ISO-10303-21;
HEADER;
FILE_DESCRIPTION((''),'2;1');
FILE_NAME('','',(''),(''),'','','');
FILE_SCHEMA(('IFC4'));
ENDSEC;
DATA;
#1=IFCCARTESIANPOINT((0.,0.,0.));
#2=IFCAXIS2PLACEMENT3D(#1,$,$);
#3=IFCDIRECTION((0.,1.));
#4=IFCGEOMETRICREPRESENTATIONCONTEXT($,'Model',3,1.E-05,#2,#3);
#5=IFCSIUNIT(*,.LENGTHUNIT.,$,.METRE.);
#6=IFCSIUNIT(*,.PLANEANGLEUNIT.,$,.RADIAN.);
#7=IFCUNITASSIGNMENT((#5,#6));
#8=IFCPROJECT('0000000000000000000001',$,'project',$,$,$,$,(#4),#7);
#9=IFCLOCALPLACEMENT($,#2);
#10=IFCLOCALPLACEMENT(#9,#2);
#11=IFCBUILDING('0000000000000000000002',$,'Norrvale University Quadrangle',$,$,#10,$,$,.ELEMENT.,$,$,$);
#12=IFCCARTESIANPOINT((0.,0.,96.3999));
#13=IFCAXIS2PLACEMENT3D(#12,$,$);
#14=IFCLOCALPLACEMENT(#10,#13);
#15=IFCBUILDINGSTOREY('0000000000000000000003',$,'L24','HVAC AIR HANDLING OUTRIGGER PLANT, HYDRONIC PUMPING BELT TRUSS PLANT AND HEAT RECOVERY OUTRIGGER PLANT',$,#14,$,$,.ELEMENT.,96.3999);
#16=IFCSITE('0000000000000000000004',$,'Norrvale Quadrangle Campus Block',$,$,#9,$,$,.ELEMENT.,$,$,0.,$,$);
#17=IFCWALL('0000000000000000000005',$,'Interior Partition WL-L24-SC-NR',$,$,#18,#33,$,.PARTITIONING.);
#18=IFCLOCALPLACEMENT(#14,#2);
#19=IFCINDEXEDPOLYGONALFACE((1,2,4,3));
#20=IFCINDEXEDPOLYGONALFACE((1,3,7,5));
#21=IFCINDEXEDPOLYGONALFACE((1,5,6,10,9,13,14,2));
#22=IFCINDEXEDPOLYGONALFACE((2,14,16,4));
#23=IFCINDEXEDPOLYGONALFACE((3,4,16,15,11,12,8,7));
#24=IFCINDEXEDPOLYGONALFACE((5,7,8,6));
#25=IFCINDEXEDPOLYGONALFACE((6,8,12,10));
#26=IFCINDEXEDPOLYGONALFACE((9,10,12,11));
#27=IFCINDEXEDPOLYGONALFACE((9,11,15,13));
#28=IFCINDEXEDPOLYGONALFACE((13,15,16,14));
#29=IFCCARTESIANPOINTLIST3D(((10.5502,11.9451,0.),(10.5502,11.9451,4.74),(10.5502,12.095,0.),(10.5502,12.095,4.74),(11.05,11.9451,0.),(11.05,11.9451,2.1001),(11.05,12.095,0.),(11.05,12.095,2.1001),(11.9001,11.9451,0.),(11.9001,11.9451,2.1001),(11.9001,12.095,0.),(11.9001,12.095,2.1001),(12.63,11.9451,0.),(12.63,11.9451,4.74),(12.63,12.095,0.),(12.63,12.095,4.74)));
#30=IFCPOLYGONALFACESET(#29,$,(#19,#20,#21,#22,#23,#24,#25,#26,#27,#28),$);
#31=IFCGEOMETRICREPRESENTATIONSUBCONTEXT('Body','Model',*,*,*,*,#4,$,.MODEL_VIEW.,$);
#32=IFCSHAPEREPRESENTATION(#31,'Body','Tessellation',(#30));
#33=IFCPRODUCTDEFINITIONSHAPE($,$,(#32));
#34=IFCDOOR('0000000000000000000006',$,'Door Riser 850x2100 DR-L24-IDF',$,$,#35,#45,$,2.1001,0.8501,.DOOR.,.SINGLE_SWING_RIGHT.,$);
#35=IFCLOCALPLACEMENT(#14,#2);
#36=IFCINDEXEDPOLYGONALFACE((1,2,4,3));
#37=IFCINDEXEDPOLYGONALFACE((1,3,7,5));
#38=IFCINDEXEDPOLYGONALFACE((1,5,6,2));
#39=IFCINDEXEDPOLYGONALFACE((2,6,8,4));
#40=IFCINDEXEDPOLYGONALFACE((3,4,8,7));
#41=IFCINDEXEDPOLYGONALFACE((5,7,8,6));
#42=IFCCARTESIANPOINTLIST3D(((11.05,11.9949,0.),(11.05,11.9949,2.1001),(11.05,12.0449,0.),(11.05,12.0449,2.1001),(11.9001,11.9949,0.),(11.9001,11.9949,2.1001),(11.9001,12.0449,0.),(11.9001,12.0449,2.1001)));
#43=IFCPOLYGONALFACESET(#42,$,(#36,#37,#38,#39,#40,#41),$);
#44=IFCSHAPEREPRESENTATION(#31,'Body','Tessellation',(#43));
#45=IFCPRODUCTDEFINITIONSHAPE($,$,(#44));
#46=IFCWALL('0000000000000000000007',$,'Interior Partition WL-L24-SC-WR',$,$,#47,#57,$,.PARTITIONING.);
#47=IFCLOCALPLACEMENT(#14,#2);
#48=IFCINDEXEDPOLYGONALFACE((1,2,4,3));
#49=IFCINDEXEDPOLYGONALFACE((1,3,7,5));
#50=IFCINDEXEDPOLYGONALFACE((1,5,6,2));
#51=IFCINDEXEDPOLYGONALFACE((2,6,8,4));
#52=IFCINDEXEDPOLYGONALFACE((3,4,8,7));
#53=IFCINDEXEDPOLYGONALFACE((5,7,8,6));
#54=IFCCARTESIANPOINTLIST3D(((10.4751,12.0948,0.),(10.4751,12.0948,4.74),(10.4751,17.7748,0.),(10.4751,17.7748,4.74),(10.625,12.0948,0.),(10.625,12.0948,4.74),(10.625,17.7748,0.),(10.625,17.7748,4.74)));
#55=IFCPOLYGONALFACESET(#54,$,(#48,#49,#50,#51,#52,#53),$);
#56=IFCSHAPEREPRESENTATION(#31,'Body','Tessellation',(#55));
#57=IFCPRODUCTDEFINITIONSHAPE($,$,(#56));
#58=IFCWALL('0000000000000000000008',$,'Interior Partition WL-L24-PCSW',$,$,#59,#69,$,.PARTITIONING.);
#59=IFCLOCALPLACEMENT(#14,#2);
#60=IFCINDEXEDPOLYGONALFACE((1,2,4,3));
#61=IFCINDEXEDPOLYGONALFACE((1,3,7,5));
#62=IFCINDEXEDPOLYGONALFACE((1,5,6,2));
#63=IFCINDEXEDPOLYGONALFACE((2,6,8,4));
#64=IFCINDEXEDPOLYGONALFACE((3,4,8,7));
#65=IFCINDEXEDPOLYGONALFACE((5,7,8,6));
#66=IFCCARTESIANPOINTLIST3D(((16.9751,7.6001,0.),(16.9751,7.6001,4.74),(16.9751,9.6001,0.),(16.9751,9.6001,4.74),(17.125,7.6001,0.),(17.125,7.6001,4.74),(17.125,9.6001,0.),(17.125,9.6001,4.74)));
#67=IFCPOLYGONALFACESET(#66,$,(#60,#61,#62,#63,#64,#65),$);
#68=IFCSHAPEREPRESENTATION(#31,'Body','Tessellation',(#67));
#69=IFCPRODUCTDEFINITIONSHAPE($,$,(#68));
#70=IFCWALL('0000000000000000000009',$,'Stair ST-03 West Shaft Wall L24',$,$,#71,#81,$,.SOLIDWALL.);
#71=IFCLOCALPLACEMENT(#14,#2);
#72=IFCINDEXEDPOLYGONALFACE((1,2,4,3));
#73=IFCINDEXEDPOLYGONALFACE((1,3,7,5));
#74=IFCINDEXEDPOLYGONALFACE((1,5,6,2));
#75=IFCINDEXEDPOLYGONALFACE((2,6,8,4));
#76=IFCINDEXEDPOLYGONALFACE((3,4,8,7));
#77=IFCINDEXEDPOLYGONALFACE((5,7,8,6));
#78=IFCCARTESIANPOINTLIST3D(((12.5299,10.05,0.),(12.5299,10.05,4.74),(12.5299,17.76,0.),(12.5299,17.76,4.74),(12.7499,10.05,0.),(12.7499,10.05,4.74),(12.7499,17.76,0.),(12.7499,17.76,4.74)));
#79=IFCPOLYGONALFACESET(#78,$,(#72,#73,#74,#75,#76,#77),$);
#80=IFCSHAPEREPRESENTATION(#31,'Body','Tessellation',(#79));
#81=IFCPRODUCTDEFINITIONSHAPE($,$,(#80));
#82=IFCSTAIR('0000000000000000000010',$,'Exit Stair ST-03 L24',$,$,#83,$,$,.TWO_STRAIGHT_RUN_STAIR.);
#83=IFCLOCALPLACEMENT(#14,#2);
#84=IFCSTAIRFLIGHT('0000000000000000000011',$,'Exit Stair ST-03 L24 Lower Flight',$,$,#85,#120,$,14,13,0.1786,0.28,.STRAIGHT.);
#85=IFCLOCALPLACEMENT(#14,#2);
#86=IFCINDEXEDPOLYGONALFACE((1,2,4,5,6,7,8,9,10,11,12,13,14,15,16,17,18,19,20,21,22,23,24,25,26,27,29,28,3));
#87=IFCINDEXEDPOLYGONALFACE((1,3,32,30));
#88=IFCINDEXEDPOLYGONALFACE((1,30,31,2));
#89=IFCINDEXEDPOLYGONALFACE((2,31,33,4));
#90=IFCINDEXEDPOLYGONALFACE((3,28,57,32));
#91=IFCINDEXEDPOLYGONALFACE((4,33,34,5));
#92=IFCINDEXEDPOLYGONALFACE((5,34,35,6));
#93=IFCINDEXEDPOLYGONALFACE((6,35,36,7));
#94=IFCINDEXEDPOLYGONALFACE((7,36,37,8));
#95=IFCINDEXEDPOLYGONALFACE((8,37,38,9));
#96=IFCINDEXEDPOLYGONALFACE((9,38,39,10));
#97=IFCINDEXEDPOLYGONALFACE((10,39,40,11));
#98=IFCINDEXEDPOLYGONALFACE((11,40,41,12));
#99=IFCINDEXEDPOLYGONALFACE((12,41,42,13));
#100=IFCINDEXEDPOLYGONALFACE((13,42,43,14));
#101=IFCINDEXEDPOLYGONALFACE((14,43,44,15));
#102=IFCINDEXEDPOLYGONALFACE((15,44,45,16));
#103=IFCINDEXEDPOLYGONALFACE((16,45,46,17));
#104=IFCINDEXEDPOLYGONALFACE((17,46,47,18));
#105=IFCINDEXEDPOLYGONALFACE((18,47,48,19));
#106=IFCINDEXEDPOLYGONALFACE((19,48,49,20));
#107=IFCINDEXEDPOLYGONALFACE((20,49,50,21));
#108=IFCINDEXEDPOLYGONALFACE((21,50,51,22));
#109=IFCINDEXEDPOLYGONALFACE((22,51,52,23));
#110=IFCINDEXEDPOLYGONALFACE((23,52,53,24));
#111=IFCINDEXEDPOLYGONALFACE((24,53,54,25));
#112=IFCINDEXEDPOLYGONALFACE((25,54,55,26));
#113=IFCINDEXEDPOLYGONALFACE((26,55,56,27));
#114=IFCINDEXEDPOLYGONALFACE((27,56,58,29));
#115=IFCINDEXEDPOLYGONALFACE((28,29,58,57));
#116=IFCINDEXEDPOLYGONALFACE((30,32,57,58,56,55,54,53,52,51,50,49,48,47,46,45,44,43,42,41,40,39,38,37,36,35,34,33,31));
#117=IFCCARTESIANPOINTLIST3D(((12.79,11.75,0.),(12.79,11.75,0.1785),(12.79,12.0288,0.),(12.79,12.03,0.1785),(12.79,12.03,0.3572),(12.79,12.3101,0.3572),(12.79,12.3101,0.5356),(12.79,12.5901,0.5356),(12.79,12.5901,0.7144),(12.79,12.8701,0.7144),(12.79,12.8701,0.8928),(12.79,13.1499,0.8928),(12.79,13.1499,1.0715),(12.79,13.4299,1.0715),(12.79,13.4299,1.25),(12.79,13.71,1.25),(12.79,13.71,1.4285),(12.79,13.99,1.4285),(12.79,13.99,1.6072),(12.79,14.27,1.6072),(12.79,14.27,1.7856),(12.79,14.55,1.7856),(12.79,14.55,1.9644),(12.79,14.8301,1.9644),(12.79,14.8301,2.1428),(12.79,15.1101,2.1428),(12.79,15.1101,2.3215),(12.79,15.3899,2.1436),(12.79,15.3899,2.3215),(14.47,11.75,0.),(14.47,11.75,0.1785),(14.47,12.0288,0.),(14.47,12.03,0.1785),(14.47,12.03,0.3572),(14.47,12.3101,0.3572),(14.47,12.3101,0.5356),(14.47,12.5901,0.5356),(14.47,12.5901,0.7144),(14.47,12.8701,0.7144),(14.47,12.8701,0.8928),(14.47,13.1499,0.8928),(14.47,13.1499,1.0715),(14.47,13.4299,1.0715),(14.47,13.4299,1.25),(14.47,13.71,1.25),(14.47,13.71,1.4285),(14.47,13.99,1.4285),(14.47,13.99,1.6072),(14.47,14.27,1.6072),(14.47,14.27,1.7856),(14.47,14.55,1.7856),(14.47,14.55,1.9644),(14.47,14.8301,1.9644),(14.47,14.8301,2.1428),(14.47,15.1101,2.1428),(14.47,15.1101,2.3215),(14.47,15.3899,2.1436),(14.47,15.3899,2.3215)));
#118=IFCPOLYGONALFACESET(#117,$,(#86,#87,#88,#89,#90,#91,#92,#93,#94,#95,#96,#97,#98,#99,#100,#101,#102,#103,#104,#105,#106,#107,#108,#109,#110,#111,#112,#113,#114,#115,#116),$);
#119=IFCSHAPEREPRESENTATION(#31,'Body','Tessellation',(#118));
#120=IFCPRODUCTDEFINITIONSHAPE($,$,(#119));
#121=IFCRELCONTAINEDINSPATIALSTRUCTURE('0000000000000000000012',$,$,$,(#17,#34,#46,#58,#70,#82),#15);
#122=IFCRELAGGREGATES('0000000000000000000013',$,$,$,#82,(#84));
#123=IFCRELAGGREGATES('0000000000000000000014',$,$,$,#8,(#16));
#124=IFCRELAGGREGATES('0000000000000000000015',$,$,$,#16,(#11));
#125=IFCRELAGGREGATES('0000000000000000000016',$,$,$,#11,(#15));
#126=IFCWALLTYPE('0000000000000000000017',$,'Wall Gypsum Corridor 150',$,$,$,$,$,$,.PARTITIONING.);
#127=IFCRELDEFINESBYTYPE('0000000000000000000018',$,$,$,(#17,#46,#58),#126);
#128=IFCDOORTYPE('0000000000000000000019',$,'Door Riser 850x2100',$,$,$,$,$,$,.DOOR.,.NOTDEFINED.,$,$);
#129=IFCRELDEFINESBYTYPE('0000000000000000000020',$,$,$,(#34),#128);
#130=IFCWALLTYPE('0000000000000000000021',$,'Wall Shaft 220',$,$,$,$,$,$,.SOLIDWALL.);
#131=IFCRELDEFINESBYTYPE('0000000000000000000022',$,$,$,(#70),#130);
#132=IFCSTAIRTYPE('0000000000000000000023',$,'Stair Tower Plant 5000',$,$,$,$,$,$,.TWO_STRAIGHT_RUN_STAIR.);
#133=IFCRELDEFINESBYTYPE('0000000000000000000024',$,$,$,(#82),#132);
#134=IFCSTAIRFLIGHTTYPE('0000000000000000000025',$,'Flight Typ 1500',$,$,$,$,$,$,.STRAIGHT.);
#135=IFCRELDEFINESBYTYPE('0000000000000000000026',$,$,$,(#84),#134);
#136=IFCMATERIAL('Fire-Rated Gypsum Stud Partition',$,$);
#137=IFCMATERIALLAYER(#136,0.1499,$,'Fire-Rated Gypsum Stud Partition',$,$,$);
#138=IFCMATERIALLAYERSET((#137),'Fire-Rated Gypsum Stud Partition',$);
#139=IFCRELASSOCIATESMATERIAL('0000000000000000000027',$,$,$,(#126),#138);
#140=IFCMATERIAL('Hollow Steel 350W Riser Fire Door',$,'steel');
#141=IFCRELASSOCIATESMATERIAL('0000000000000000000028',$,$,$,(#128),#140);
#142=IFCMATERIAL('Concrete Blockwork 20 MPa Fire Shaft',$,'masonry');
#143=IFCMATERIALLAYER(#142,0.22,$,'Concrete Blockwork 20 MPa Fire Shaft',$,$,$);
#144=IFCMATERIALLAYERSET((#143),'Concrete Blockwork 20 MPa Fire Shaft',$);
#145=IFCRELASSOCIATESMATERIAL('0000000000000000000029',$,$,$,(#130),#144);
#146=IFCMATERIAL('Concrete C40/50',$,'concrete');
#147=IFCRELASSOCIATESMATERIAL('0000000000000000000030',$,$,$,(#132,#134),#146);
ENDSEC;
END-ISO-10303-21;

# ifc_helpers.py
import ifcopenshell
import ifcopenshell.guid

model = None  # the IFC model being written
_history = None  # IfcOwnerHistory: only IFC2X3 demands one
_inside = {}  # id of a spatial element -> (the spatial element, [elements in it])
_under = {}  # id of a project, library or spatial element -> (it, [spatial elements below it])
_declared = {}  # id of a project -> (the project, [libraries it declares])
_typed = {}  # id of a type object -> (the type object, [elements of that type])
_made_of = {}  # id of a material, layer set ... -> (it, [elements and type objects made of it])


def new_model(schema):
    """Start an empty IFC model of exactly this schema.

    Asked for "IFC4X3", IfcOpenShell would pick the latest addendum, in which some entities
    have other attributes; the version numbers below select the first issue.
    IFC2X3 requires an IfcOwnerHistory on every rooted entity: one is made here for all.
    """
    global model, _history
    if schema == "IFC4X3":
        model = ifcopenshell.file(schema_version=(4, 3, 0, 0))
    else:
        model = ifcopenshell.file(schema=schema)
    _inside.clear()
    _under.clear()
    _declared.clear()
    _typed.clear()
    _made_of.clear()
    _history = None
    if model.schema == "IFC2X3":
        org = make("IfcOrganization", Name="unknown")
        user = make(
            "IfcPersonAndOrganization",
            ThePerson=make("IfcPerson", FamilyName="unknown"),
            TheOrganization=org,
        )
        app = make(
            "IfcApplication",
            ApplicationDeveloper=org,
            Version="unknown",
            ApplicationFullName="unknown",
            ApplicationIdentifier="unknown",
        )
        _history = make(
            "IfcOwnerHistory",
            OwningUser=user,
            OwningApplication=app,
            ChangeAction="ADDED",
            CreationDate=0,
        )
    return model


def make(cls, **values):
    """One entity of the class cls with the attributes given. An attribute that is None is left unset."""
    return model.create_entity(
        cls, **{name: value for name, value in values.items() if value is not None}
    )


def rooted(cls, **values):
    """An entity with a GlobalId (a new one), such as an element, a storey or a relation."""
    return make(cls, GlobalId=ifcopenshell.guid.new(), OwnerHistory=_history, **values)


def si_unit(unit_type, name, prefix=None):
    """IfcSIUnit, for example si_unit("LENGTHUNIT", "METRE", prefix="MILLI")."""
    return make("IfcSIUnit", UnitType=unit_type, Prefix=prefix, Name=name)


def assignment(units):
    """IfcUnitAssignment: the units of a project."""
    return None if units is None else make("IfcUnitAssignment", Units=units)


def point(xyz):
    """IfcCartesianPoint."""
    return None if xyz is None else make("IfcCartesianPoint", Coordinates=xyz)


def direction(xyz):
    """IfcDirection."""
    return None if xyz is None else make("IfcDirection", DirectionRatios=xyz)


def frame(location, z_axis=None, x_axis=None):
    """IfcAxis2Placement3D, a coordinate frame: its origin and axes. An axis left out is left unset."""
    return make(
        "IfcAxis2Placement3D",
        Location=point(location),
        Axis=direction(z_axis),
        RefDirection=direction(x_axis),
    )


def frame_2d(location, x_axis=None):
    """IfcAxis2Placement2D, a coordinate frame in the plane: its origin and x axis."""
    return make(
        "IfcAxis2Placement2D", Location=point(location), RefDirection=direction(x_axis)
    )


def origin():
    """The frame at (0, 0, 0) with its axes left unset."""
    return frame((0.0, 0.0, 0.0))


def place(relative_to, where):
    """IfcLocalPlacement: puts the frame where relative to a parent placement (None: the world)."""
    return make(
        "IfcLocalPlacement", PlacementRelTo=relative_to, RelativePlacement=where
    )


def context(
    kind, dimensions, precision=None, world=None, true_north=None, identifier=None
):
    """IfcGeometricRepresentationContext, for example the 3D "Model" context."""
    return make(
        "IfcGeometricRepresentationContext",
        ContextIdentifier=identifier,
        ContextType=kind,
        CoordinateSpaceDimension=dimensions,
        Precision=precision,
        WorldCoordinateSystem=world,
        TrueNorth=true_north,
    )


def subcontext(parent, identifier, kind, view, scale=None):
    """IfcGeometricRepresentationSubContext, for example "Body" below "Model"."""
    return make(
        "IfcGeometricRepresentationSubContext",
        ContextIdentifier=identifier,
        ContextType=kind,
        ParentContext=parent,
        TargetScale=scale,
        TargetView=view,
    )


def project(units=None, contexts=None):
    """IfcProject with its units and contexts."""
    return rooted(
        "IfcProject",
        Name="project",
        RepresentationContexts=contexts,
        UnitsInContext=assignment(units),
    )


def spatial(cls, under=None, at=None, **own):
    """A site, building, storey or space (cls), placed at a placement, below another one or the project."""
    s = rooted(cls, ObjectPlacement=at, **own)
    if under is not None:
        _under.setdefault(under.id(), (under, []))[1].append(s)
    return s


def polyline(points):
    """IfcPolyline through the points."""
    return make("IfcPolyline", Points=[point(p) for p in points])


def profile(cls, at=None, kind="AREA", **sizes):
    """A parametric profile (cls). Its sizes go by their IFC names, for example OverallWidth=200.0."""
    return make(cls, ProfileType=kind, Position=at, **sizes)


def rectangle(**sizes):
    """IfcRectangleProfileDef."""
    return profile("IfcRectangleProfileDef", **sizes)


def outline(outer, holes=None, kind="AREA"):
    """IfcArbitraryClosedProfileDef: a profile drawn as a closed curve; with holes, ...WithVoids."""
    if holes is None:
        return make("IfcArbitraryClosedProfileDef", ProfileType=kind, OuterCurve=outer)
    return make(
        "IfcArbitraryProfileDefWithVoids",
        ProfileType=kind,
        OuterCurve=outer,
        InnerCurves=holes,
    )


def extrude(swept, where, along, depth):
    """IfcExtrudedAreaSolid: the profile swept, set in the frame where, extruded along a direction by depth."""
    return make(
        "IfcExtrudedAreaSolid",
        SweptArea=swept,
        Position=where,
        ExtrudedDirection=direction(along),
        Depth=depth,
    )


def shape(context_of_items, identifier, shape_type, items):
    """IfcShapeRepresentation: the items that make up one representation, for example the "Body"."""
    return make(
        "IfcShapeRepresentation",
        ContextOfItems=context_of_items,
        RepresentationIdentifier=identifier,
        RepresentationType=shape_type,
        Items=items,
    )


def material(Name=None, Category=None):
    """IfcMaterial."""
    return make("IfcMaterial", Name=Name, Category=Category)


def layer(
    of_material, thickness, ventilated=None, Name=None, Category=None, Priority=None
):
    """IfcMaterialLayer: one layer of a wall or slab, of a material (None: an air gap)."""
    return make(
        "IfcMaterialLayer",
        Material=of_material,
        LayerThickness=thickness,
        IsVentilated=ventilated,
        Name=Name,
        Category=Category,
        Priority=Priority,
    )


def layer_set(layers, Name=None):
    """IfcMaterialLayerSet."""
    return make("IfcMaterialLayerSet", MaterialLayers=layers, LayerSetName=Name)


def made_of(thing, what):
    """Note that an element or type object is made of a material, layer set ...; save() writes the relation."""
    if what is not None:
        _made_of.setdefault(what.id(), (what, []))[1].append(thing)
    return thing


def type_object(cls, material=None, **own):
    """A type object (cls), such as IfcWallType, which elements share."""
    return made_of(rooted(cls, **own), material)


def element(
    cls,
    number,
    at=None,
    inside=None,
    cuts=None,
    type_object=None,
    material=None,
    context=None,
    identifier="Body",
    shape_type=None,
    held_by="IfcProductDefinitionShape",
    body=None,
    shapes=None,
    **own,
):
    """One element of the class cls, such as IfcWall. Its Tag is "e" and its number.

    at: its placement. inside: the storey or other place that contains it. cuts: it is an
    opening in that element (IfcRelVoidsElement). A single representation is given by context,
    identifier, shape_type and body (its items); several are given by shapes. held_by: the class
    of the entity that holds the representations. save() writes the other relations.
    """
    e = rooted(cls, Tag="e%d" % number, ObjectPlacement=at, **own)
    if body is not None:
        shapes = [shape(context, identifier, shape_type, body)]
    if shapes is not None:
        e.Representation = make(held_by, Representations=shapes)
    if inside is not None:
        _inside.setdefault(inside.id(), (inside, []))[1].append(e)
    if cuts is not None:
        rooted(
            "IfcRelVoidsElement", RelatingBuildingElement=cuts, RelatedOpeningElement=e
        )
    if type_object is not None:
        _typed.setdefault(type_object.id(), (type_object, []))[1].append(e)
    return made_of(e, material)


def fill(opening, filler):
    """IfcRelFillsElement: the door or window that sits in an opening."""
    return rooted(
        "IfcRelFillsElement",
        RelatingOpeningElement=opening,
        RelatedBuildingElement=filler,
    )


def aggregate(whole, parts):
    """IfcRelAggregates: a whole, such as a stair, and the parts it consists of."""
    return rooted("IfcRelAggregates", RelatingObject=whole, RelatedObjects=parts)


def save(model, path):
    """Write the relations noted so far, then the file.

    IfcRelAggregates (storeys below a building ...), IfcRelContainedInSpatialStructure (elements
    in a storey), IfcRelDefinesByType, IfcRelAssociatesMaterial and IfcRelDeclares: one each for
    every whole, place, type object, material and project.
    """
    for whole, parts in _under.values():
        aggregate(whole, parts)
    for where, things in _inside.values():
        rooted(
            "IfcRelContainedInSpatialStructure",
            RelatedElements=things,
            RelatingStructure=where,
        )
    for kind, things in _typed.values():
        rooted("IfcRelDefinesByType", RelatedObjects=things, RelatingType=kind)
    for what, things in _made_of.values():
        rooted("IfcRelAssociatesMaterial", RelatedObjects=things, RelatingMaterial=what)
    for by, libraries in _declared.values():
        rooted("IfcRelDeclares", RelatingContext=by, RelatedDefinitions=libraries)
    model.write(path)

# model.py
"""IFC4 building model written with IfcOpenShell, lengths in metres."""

from ifc_helpers import new_model, si_unit, direction, frame, frame_2d, origin, place, context, subcontext, project, spatial, polyline, rectangle, outline, extrude, material, layer, layer_set, type_object, element, fill, aggregate, save


model = new_model("IFC4")

# Units and contexts
model_context = context("Model", 3, precision=1e-05, world=origin(), true_north=direction((0.0, 1.0)))
body_context = subcontext(model_context, "Body", "Model", "MODEL_VIEW")
ifc_project = project(units=[si_unit("LENGTHUNIT", "METRE"), si_unit("PLANEANGLEUNIT", "RADIAN")], contexts=[model_context])

# Site, building, storey
site_placement = place(None, origin())
site = spatial("IfcSite", under=ifc_project, at=site_placement, Name="Norrvale Quadrangle Campus Block", CompositionType="ELEMENT", RefElevation=0.0)
building_placement = place(site_placement, origin())
building = spatial("IfcBuilding", under=site, at=building_placement, Name="Norrvale University Quadrangle", CompositionType="ELEMENT")
storey_placement = place(building_placement, frame((0.0, 0.0, 96.3999)))
storey = spatial("IfcBuildingStorey", under=building, at=storey_placement, Name="L24", Description="HVAC AIR HANDLING OUTRIGGER PLANT, HYDRONIC PUMPING BELT TRUSS PLANT AND HEAT RECOVERY OUTRIGGER PLANT", CompositionType="ELEMENT", Elevation=96.3999)

# Wall, opening, door
ifc_material_1 = material(Name="Fire-Rated Gypsum Stud Partition")
ifc_layer_1 = layer(ifc_material_1, 0.1499, Name="Fire-Rated Gypsum Stud Partition")
ifc_layer_set_1 = layer_set([ifc_layer_1], Name="Fire-Rated Gypsum Stud Partition")
wall_type_1 = type_object("IfcWallType", Name="Wall Gypsum Corridor 150", PredefinedType="PARTITIONING", material=ifc_layer_set_1)
wall_1_placement = place(storey_placement, frame((10.55, 12.02, 0.0), z_axis=(0.0, 0.0, 1.0), x_axis=(1.0, 0.0, 0.0)))
wall_1 = element("IfcWall", 1, at=wall_1_placement, inside=storey, type_object=wall_type_1, Name="Interior Partition WL-L24-SC-NR", PredefinedType="PARTITIONING", context=body_context, shape_type="SweptSolid", body=[
    extrude(rectangle(XDim=2.0798, YDim=0.1499, at=frame_2d((1.04, 0.0))), origin(), (0.0, 0.0, 1.0), 4.74),
])
opening_1_placement = place(wall_1_placement, frame((0.5, 0.0, 0.0)))
opening_1 = element("IfcOpeningElement", 2, at=opening_1_placement, cuts=wall_1, PredefinedType="OPENING", context=body_context, shape_type="SweptSolid", body=[
    extrude(rectangle(XDim=0.8501, YDim=2.1001, at=frame_2d((0.425, 1.05))), frame((0.0, 0.0869, 0.0), z_axis=(0.0, -1.0, 0.0), x_axis=(1.0, 0.0, 0.0)), (0.0, 0.0, 1.0), 0.1738),
])
ifc_material_2 = material(Name="Hollow Steel 350W Riser Fire Door", Category="steel")
door_type_1 = type_object("IfcDoorType", Name="Door Riser 850x2100", OperationType="NOTDEFINED", PredefinedType="DOOR", material=ifc_material_2)
door_1_placement = place(opening_1_placement, origin())
door_1 = element("IfcDoor", 3, at=door_1_placement, inside=storey, type_object=door_type_1, Name="Door Riser 850x2100 DR-L24-IDF", OperationType="SINGLE_SWING_RIGHT", OverallHeight=2.1001, OverallWidth=0.8501, PredefinedType="DOOR", context=body_context, shape_type="SweptSolid", body=[
    extrude(rectangle(XDim=0.8501, YDim=2.1001, at=frame_2d((0.425, 1.05))), frame((0.0, 0.0249, 0.0), z_axis=(0.0, -1.0, 0.0), x_axis=(1.0, 0.0, 0.0)), (0.0, 0.0, 1.0), 0.05),
])
fill(opening_1, door_1)

# Walls
wall_2_placement = place(storey_placement, frame((10.55, 12.095, 0.0), z_axis=(0.0, 0.0, 1.0), x_axis=(0.0, 1.0, 0.0)))
element("IfcWall", 4, at=wall_2_placement, inside=storey, type_object=wall_type_1, Name="Interior Partition WL-L24-SC-WR", PredefinedType="PARTITIONING", context=body_context, shape_type="SweptSolid", body=[
    extrude(rectangle(XDim=5.6799, YDim=0.1499, at=frame_2d((2.8398, 0.0))), origin(), (0.0, 0.0, 1.0), 4.74),
])
wall_3_placement = place(storey_placement, frame((17.05, 7.6001, 0.0), z_axis=(0.0, 0.0, 1.0), x_axis=(0.0, 1.0, 0.0)))
element("IfcWall", 5, at=wall_3_placement, inside=storey, type_object=wall_type_1, Name="Interior Partition WL-L24-PCSW", PredefinedType="PARTITIONING", context=body_context, shape_type="SweptSolid", body=[
    extrude(rectangle(XDim=2.0, YDim=0.1499, at=frame_2d((1.0, 0.0))), origin(), (0.0, 0.0, 1.0), 4.74),
])
ifc_material_3 = material(Name="Concrete Blockwork 20 MPa Fire Shaft", Category="masonry")
ifc_layer_2 = layer(ifc_material_3, 0.22, Name="Concrete Blockwork 20 MPa Fire Shaft")
ifc_layer_set_2 = layer_set([ifc_layer_2], Name="Concrete Blockwork 20 MPa Fire Shaft")
wall_type_2 = type_object("IfcWallType", Name="Wall Shaft 220", PredefinedType="SOLIDWALL", material=ifc_layer_set_2)
wall_4_placement = place(storey_placement, frame((12.6399, 10.05, 0.0), z_axis=(0.0, 0.0, 1.0), x_axis=(0.0, 1.0, 0.0)))
element("IfcWall", 6, at=wall_4_placement, inside=storey, type_object=wall_type_2, Name="Stair ST-03 West Shaft Wall L24", PredefinedType="SOLIDWALL", context=body_context, shape_type="SweptSolid", body=[
    extrude(rectangle(XDim=7.71, YDim=0.22, at=frame_2d((3.855, 0.0))), origin(), (0.0, 0.0, 1.0), 4.74),
])

# Stair, stair flight
ifc_material_4 = material(Name="Concrete C40/50", Category="concrete")
stair_type = type_object("IfcStairType", Name="Stair Tower Plant 5000", PredefinedType="TWO_STRAIGHT_RUN_STAIR", material=ifc_material_4)
stair_placement = place(storey_placement, origin())
stair = element("IfcStair", 7, at=stair_placement, inside=storey, type_object=stair_type, Name="Exit Stair ST-03 L24", PredefinedType="TWO_STRAIGHT_RUN_STAIR")
stair_flight_type = type_object("IfcStairFlightType", Name="Flight Typ 1500", PredefinedType="STRAIGHT", material=ifc_material_4)
stair_flight_placement = place(storey_placement, frame((13.6299, 11.75, 0.0), z_axis=(0.0, 0.0, 1.0), x_axis=(0.0, 1.0, 0.0)))
stair_flight = element("IfcStairFlight", 8, at=stair_flight_placement, type_object=stair_flight_type, Name="Exit Stair ST-03 L24 Lower Flight", NumberOfRisers=14, NumberOfTreads=13, PredefinedType="STRAIGHT", RiserHeight=0.1786, TreadLength=0.28, context=body_context, shape_type="SweptSolid", body=[
    extrude(outline(polyline([(0.0, 0.0), (0.0, 0.1785), (0.28, 0.1785), (0.28, 0.3572), (0.5601, 0.3572), (0.5601, 0.5356), (0.8401, 0.5356), (0.8401, 0.7144), (1.1201, 0.7144), (1.1201, 0.8928), (1.3999, 0.8928), (1.3999, 1.0715), (1.6799, 1.0715), (1.6799, 1.25), (1.96, 1.25), (1.96, 1.4285), (2.24, 1.4285), (2.24, 1.6072), (2.52, 1.6072), (2.52, 1.7856), (2.8, 1.7856), (2.8, 1.9644), (3.0801, 1.9644), (3.0801, 2.1428), (3.3601, 2.1428), (3.3601, 2.3215), (3.6399, 2.3215), (3.6399, 2.5), (3.6399, 2.1436), (0.2788, 0.0), (0.0, 0.0)])), frame((0.0, 0.8398, 0.0), z_axis=(0.0, -1.0, 0.0), x_axis=(1.0, 0.0, 0.0)), (0.0, 0.0, 1.0), 1.6799),
])
aggregate(stair, [stair_flight])

save(model, "model.ifc")
